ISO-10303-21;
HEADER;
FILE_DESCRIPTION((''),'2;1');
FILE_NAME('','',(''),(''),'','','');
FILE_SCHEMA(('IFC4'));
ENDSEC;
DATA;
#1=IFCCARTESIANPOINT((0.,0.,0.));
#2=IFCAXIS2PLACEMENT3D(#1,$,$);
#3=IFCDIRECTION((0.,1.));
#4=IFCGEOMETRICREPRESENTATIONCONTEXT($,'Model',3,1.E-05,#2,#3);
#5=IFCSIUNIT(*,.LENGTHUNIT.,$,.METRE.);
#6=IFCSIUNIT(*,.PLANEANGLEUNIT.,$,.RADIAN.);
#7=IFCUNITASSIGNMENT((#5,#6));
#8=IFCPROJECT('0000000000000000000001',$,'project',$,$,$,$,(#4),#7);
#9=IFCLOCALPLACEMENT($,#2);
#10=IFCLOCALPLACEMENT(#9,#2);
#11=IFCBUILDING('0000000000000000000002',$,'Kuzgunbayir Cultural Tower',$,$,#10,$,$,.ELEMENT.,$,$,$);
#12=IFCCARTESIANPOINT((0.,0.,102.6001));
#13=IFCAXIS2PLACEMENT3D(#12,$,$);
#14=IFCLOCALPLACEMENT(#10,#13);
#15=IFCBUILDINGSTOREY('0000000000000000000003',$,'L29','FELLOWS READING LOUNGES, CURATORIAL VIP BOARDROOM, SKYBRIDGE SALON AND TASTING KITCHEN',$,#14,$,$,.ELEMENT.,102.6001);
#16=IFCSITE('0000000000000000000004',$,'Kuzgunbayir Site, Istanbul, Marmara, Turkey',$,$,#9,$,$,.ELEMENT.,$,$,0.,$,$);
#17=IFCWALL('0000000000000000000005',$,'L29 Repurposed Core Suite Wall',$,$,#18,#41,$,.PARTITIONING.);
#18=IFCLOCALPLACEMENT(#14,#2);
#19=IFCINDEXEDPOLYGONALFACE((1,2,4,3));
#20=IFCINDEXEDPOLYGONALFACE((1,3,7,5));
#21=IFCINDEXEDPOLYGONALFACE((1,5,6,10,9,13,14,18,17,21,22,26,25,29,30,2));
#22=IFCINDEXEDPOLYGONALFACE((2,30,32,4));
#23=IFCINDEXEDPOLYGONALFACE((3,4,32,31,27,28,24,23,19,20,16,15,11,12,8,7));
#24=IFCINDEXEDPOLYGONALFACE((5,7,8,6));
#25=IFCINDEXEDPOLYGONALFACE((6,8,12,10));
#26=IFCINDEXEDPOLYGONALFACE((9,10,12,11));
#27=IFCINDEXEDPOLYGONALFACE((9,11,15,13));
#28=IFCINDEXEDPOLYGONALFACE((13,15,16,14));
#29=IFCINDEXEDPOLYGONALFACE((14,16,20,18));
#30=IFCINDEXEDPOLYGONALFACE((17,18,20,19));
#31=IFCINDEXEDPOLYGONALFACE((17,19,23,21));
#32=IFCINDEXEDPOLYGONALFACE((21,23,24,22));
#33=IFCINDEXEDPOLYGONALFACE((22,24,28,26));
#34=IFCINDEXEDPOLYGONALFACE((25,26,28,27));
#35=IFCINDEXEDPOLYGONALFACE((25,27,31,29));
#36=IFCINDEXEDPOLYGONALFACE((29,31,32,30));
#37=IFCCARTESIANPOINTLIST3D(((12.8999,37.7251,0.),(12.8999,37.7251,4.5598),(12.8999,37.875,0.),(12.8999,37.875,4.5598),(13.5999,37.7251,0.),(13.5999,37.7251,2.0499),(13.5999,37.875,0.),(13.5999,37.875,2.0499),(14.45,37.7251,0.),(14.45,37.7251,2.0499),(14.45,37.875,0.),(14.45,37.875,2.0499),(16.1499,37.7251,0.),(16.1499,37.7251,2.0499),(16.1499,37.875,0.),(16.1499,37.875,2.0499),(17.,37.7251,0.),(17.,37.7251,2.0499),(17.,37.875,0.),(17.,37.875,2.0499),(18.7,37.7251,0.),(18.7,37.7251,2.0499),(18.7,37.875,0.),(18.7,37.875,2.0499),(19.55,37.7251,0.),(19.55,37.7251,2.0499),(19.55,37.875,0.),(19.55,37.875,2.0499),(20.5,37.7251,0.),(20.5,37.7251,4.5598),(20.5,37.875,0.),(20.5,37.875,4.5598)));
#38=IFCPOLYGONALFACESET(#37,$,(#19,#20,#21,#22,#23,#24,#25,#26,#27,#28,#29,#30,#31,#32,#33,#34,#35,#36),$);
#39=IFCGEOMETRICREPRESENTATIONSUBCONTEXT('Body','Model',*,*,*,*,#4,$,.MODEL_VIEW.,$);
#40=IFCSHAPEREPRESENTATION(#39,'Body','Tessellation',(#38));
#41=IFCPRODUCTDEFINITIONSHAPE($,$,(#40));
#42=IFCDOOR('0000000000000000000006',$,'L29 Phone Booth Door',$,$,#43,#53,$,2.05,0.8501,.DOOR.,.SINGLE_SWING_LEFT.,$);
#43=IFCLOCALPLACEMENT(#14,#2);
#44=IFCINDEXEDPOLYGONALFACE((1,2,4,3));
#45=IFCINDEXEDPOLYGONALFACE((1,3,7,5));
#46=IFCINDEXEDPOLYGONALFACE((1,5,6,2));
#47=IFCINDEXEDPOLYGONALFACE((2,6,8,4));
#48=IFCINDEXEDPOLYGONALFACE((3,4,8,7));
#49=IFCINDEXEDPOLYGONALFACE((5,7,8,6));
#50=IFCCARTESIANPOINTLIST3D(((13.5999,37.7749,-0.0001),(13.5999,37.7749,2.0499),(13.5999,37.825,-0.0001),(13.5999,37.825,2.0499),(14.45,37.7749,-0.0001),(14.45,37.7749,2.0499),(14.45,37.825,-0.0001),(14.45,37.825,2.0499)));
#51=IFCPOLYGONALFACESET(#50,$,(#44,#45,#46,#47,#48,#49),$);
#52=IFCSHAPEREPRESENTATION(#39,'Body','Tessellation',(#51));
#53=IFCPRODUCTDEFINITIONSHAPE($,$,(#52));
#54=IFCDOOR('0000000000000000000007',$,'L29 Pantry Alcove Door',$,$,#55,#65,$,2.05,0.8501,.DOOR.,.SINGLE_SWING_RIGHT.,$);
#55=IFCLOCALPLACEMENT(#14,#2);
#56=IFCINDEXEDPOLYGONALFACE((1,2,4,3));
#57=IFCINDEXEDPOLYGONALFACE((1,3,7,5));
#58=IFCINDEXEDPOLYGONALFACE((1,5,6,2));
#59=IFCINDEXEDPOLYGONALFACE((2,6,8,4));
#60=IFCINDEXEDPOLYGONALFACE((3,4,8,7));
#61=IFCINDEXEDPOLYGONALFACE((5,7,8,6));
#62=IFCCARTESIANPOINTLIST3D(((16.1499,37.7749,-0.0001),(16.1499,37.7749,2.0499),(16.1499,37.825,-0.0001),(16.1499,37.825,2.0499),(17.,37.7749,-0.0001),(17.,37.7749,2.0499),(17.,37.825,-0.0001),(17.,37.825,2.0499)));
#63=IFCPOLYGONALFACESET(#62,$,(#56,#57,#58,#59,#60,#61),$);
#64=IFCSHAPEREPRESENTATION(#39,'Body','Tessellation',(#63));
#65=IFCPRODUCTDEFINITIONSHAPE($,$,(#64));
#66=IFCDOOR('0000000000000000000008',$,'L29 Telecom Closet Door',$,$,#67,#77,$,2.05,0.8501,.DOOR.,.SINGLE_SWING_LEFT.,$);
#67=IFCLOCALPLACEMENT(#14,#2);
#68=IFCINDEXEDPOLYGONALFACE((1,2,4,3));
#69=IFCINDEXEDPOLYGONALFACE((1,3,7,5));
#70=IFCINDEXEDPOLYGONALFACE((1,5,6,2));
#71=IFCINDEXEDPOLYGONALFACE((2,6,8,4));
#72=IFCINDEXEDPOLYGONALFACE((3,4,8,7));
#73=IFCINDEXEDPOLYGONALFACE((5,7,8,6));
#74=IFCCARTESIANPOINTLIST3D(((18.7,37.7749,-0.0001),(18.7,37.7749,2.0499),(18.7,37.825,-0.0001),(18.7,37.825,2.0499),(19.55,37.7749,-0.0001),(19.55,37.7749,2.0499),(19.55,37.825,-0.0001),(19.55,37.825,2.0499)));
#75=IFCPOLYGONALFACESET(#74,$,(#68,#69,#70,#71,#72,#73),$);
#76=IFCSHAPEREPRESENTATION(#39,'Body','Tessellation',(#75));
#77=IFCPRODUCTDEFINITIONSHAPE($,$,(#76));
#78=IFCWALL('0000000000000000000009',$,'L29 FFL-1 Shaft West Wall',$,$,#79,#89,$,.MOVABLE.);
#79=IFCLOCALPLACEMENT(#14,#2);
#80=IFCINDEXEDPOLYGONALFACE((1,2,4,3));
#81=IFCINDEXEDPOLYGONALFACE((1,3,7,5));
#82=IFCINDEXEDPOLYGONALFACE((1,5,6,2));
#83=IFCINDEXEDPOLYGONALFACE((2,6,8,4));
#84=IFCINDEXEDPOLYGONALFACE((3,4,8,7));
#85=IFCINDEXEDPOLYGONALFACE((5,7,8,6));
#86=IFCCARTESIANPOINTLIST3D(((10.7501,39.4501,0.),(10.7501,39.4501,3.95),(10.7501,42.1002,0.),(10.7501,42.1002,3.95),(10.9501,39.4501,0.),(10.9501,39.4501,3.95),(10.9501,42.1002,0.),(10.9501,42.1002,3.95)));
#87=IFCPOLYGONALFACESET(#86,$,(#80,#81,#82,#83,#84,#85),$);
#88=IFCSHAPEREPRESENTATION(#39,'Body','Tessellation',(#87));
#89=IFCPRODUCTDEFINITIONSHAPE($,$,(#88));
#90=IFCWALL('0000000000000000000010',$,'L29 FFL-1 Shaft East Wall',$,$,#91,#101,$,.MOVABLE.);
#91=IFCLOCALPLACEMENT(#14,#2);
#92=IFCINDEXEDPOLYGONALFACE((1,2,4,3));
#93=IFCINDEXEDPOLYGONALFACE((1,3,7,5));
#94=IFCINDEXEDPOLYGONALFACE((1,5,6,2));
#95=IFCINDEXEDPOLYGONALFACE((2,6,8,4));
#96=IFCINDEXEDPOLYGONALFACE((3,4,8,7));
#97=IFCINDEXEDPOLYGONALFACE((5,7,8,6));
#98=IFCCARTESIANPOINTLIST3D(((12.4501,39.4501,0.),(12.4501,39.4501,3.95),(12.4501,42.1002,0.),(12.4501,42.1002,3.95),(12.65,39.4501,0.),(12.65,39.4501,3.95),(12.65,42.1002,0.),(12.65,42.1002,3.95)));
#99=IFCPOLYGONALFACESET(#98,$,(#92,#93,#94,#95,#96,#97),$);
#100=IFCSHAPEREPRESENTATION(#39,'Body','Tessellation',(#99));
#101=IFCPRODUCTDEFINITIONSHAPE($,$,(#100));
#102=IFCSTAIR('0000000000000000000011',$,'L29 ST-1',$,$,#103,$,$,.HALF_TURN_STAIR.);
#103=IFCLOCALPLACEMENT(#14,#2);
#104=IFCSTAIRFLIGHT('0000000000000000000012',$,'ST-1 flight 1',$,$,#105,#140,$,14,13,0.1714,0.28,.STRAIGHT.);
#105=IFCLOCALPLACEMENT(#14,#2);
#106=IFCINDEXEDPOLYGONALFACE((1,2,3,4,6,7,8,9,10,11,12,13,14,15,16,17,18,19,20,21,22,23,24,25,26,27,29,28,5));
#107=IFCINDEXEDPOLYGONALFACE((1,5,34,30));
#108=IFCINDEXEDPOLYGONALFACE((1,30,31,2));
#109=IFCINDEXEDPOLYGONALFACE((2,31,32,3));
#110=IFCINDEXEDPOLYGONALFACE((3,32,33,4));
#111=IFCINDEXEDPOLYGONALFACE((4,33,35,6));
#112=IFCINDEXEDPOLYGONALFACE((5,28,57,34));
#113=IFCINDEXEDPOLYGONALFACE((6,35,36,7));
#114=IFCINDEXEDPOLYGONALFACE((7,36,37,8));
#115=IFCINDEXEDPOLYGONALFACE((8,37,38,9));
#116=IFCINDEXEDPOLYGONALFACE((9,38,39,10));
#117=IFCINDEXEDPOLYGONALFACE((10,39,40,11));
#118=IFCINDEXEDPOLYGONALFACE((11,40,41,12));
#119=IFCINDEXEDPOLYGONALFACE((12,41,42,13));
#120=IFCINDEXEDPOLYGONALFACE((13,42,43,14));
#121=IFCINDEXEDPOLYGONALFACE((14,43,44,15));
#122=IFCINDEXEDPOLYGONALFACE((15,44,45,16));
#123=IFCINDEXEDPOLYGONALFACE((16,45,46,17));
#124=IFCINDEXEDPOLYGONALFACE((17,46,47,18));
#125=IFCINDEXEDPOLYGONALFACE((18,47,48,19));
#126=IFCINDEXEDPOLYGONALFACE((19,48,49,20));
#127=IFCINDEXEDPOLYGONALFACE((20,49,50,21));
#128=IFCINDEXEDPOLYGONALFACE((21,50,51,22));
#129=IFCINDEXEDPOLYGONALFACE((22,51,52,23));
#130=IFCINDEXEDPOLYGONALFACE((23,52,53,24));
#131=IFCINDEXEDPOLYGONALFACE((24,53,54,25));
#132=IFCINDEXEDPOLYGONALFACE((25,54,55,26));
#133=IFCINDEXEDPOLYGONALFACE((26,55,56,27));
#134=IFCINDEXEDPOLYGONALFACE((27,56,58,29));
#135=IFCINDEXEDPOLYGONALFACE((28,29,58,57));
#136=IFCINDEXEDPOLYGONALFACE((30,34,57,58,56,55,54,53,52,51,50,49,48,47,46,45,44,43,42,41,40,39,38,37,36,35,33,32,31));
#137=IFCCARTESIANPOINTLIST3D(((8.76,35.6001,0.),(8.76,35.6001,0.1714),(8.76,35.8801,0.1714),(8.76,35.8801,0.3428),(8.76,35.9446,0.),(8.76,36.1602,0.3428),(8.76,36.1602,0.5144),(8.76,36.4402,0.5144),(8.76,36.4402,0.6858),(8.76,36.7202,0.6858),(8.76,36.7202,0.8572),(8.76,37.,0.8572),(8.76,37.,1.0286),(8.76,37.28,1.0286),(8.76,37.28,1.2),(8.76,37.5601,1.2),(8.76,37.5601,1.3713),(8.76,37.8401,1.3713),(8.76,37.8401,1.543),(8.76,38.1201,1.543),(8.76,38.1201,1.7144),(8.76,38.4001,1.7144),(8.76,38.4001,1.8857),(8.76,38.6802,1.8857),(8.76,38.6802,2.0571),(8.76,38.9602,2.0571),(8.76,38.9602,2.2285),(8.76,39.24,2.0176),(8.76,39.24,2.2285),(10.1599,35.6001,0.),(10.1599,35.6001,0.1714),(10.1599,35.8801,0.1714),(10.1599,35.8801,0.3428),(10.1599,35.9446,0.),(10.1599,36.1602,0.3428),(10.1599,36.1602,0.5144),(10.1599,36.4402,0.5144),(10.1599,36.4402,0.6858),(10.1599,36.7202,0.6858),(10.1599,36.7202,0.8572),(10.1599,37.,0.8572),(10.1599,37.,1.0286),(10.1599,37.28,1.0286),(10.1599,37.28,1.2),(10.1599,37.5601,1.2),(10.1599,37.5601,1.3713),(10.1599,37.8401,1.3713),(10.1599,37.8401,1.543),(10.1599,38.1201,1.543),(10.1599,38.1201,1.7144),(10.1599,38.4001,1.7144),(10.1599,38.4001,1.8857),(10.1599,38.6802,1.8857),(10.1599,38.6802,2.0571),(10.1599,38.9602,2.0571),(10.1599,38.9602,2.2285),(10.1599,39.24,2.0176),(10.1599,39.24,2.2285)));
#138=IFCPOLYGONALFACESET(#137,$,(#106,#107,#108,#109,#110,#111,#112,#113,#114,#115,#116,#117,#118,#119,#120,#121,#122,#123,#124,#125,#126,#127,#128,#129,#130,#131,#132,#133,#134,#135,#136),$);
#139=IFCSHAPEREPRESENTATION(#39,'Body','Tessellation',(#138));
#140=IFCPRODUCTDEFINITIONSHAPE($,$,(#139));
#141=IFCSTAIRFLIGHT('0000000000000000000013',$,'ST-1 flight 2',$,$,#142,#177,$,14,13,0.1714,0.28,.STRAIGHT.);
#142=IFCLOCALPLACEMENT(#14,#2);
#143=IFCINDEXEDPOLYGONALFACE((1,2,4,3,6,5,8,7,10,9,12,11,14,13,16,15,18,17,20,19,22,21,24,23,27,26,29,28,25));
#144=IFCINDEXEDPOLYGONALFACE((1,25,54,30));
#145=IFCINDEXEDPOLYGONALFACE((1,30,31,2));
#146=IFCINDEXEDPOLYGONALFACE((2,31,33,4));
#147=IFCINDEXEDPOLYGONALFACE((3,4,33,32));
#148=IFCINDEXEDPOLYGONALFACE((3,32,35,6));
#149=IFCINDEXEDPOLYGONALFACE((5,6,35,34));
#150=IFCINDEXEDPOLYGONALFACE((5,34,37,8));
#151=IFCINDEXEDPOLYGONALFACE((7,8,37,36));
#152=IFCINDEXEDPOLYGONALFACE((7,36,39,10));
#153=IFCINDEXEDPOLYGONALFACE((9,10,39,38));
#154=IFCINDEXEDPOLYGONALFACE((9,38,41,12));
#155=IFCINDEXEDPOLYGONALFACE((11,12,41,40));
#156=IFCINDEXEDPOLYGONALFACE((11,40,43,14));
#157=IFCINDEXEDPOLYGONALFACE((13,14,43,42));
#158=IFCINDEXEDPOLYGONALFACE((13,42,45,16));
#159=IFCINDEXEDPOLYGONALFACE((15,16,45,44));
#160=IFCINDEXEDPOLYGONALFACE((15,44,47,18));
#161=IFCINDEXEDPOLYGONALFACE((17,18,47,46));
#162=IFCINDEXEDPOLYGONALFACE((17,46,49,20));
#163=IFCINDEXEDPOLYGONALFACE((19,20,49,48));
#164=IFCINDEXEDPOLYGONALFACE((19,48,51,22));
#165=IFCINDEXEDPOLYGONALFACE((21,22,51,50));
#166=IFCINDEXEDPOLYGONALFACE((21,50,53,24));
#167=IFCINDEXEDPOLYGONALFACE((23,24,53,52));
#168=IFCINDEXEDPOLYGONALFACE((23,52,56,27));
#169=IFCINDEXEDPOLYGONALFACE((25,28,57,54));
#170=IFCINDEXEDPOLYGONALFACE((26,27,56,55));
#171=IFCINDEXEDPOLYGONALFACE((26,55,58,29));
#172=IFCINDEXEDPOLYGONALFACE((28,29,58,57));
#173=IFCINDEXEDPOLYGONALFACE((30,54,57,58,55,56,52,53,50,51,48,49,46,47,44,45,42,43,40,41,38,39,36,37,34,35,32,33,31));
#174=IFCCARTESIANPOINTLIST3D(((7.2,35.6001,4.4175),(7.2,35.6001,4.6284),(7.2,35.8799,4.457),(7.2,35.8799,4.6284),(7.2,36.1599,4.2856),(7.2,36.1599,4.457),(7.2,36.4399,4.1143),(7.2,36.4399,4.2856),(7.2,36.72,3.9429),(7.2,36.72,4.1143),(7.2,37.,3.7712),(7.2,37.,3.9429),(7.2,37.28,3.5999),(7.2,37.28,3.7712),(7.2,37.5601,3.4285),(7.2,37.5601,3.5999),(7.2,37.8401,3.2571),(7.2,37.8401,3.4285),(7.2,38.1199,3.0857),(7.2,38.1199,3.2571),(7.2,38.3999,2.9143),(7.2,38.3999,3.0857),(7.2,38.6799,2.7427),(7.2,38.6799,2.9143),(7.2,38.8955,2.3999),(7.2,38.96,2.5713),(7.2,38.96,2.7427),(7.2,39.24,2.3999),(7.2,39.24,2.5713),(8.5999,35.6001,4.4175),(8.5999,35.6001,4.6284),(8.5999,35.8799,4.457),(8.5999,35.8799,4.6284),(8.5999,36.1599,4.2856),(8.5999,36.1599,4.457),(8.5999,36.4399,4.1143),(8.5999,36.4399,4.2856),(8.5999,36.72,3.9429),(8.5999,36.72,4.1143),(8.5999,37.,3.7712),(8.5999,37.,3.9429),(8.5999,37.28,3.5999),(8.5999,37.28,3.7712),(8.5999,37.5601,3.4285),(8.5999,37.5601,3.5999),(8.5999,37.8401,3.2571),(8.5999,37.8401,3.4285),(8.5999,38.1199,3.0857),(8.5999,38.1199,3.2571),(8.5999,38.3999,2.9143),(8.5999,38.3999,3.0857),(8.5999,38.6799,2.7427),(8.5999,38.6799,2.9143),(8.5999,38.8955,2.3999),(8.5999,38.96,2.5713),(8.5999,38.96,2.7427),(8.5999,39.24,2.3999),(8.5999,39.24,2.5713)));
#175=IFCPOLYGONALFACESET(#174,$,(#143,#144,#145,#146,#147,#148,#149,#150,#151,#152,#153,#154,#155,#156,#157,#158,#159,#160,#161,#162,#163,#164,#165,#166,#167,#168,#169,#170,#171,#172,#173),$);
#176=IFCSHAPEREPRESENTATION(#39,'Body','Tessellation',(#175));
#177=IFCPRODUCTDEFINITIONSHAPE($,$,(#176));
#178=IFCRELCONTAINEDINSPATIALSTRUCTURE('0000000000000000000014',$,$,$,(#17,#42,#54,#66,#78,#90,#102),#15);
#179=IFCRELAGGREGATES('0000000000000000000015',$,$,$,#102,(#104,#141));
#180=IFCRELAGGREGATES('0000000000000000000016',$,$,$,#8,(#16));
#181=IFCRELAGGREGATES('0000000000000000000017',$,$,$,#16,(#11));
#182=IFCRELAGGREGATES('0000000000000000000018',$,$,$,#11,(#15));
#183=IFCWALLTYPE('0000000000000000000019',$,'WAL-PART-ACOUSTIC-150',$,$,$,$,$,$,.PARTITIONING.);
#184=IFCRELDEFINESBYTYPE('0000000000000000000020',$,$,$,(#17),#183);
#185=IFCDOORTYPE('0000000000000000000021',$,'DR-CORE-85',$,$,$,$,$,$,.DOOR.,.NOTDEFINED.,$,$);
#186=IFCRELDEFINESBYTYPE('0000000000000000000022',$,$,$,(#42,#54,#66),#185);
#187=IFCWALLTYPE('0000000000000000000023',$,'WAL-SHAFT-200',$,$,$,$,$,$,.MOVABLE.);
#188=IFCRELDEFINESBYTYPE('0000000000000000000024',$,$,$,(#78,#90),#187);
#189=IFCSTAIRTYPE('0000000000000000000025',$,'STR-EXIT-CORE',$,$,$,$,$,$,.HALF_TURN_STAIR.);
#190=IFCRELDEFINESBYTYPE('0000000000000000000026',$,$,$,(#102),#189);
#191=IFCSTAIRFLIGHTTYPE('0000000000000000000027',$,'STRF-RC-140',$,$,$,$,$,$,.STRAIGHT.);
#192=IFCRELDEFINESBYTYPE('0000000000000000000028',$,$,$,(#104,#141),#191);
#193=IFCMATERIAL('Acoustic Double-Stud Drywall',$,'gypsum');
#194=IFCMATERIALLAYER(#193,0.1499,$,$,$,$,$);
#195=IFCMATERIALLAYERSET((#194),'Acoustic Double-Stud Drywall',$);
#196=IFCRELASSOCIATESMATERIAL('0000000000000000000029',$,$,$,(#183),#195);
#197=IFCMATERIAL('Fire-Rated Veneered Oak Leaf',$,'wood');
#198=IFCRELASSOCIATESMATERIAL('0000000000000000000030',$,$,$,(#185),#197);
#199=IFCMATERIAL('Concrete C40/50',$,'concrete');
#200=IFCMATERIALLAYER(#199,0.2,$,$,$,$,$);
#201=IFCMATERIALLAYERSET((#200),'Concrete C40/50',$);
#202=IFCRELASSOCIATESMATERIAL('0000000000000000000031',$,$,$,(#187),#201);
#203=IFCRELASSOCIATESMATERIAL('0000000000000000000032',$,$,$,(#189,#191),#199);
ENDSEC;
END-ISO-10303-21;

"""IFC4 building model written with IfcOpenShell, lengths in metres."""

from ifc_helpers import new_model, si_unit, direction, frame, frame_2d, origin, place, context, subcontext, project, spatial, polyline, rectangle, outline, extrude, material, layer, layer_set, type_object, element, fill, aggregate, save


model = new_model("IFC4")

# Units and contexts
model_context = context("Model", 3, precision=1e-05, world=origin(), true_north=direction((0.0, 1.0)))
body_context = subcontext(model_context, "Body", "Model", "MODEL_VIEW")
ifc_project = project(units=[si_unit("LENGTHUNIT", "METRE"), si_unit("PLANEANGLEUNIT", "RADIAN")], contexts=[model_context])

# Site, building, storey
site_placement = place(None, origin())
site = spatial("IfcSite", under=ifc_project, at=site_placement, Name="Kuzgunbayir Site, Istanbul, Marmara, Turkey", CompositionType="ELEMENT", RefElevation=0.0)
building_placement = place(site_placement, origin())
building = spatial("IfcBuilding", under=site, at=building_placement, Name="Kuzgunbayir Cultural Tower", CompositionType="ELEMENT")
storey_placement = place(building_placement, frame((0.0, 0.0, 102.6001)))
storey = spatial("IfcBuildingStorey", under=building, at=storey_placement, Name="L29", Description="FELLOWS READING LOUNGES, CURATORIAL VIP BOARDROOM, SKYBRIDGE SALON AND TASTING KITCHEN", CompositionType="ELEMENT", Elevation=102.6001)

# Wall, openings, doors
ifc_material_1 = material(Name="Acoustic Double-Stud Drywall", Category="gypsum")
ifc_layer_1 = layer(ifc_material_1, 0.1499)
ifc_layer_set_1 = layer_set([ifc_layer_1], Name="Acoustic Double-Stud Drywall")
wall_type_1 = type_object("IfcWallType", Name="WAL-PART-ACOUSTIC-150", PredefinedType="PARTITIONING", material=ifc_layer_set_1)
wall_1_placement = place(storey_placement, frame((12.8999, 37.8, 0.0), z_axis=(0.0, 0.0, 1.0), x_axis=(1.0, 0.0, 0.0)))
wall_1 = element("IfcWall", 1, at=wall_1_placement, inside=storey, type_object=wall_type_1, Name="L29 Repurposed Core Suite Wall", PredefinedType="PARTITIONING", context=body_context, shape_type="SweptSolid", body=[
    extrude(rectangle(XDim=7.6001, YDim=0.1499, at=frame_2d((3.8, 0.0))), origin(), (0.0, 0.0, 1.0), 4.5598),
])
opening_1_placement = place(wall_1_placement, frame((0.7, 0.0, 0.0)))
opening_1 = element("IfcOpeningElement", 2, at=opening_1_placement, cuts=wall_1, PredefinedType="OPENING", context=body_context, shape_type="SweptSolid", body=[
    extrude(rectangle(XDim=0.8501, YDim=2.05, at=frame_2d((0.425, 1.0249))), frame((0.0, 0.085, 0.0), z_axis=(0.0, -1.0, 0.0), x_axis=(1.0, 0.0, 0.0)), (0.0, 0.0, 1.0), 0.1699),
])
opening_2_placement = place(wall_1_placement, frame((3.25, 0.0, 0.0)))
opening_2 = element("IfcOpeningElement", 3, at=opening_2_placement, cuts=wall_1, PredefinedType="OPENING", context=body_context, shape_type="SweptSolid", body=[
    extrude(rectangle(XDim=0.8501, YDim=2.05, at=frame_2d((0.425, 1.0249))), frame((0.0, 0.085, 0.0), z_axis=(0.0, -1.0, 0.0), x_axis=(1.0, 0.0, 0.0)), (0.0, 0.0, 1.0), 0.1699),
])
opening_3_placement = place(wall_1_placement, frame((5.8, 0.0, 0.0)))
opening_3 = element("IfcOpeningElement", 4, at=opening_3_placement, cuts=wall_1, PredefinedType="OPENING", context=body_context, shape_type="SweptSolid", body=[
    extrude(rectangle(XDim=0.8501, YDim=2.05, at=frame_2d((0.425, 1.0249))), frame((0.0, 0.085, 0.0), z_axis=(0.0, -1.0, 0.0), x_axis=(1.0, 0.0, 0.0)), (0.0, 0.0, 1.0), 0.1699),
])
ifc_material_2 = material(Name="Fire-Rated Veneered Oak Leaf", Category="wood")
door_type_1 = type_object("IfcDoorType", Name="DR-CORE-85", OperationType="NOTDEFINED", PredefinedType="DOOR", material=ifc_material_2)
door_1_placement = place(opening_1_placement, origin())
door_1 = element("IfcDoor", 5, at=door_1_placement, inside=storey, type_object=door_type_1, Name="L29 Phone Booth Door", OperationType="SINGLE_SWING_LEFT", OverallHeight=2.05, OverallWidth=0.8501, PredefinedType="DOOR", context=body_context, shape_type="SweptSolid", body=[
    extrude(rectangle(XDim=0.8501, YDim=2.05, at=frame_2d((0.425, 1.0249))), frame((0.0, 0.0249, 0.0), z_axis=(0.0, -1.0, 0.0), x_axis=(1.0, 0.0, 0.0)), (0.0, 0.0, 1.0), 0.05),
])
fill(opening_1, door_1)
door_2_placement = place(opening_2_placement, origin())
door_2 = element("IfcDoor", 6, at=door_2_placement, inside=storey, type_object=door_type_1, Name="L29 Pantry Alcove Door", OperationType="SINGLE_SWING_RIGHT", OverallHeight=2.05, OverallWidth=0.8501, PredefinedType="DOOR", context=body_context, shape_type="SweptSolid", body=[
    extrude(rectangle(XDim=0.8501, YDim=2.05, at=frame_2d((0.425, 1.0249))), frame((0.0, 0.0249, 0.0), z_axis=(0.0, -1.0, 0.0), x_axis=(1.0, 0.0, 0.0)), (0.0, 0.0, 1.0), 0.05),
])
fill(opening_2, door_2)
door_3_placement = place(opening_3_placement, origin())
door_3 = element("IfcDoor", 7, at=door_3_placement, inside=storey, type_object=door_type_1, Name="L29 Telecom Closet Door", OperationType="SINGLE_SWING_LEFT", OverallHeight=2.05, OverallWidth=0.8501, PredefinedType="DOOR", context=body_context, shape_type="SweptSolid", body=[
    extrude(rectangle(XDim=0.8501, YDim=2.05, at=frame_2d((0.425, 1.0249))), frame((0.0, 0.0249, 0.0), z_axis=(0.0, -1.0, 0.0), x_axis=(1.0, 0.0, 0.0)), (0.0, 0.0, 1.0), 0.05),
])
fill(opening_3, door_3)

# Shared definitions
ifc_material_3 = material(Name="Concrete C40/50", Category="concrete")
ifc_layer_2 = layer(ifc_material_3, 0.2)
ifc_layer_set_2 = layer_set([ifc_layer_2], Name="Concrete C40/50")
wall_type_2 = type_object("IfcWallType", Name="WAL-SHAFT-200", PredefinedType="MOVABLE", material=ifc_layer_set_2)

# Walls
for number, where, z_axis, x_axis, name in (
    (8, (10.8501, 39.45, 0.0), (0.0, 0.0, 1.0), (0.0, 1.0, 0.0), "L29 FFL-1 Shaft West Wall"),
    (9, (12.55, 39.45, 0.0), (0.0, 0.0, 1.0), (0.0, 1.0, 0.0), "L29 FFL-1 Shaft East Wall"),
):
    element("IfcWall", number, at=place(storey_placement, frame(where, z_axis=z_axis, x_axis=x_axis)), inside=storey, type_object=wall_type_2, Name=name, PredefinedType="MOVABLE", context=body_context, shape_type="SweptSolid", body=[
        extrude(rectangle(XDim=2.6501, YDim=0.2, at=frame_2d((1.3252, 0.0))), origin(), (0.0, 0.0, 1.0), 3.95),
    ])

# Stair, stair flights
stair_type = type_object("IfcStairType", Name="STR-EXIT-CORE", PredefinedType="HALF_TURN_STAIR", material=ifc_material_3)
stair_placement = place(storey_placement, origin())
stair = element("IfcStair", 10, at=stair_placement, inside=storey, type_object=stair_type, Name="L29 ST-1", PredefinedType="HALF_TURN_STAIR")
stair_flight_type = type_object("IfcStairFlightType", Name="STRF-RC-140", PredefinedType="STRAIGHT", material=ifc_material_3)
stair_flight_1_placement = place(storey_placement, frame((9.46, 35.6001, 0.0), z_axis=(0.0, 0.0, 1.0), x_axis=(0.0, 1.0, 0.0)))
stair_flight_1 = element("IfcStairFlight", 11, at=stair_flight_1_placement, type_object=stair_flight_type, Name="ST-1 flight 1", NumberOfRisers=14, NumberOfTreads=13, PredefinedType="STRAIGHT", RiserHeight=0.1714, TreadLength=0.28, context=body_context, shape_type="SweptSolid", body=[
    extrude(outline(polyline([(0.0, 0.0), (0.0, 0.1714), (0.28, 0.1714), (0.28, 0.3428), (0.5601, 0.3428), (0.5601, 0.5144), (0.8401, 0.5144), (0.8401, 0.6858), (1.1201, 0.6858), (1.1201, 0.8572), (1.3999, 0.8572), (1.3999, 1.0286), (1.6799, 1.0286), (1.6799, 1.2), (1.96, 1.2), (1.96, 1.3713), (2.24, 1.3713), (2.24, 1.543), (2.52, 1.543), (2.52, 1.7144), (2.8, 1.7144), (2.8, 1.8857), (3.0801, 1.8857), (3.0801, 2.0571), (3.3601, 2.0571), (3.3601, 2.2285), (3.6399, 2.2285), (3.6399, 2.3999), (3.6399, 2.0176), (0.3445, 0.0), (0.0, 0.0)])), frame((0.0, 0.7, 0.0), z_axis=(0.0, -1.0, 0.0), x_axis=(1.0, 0.0, 0.0)), (0.0, 0.0, 1.0), 1.3999),
])
stair_flight_2_placement = place(storey_placement, frame((7.8999, 39.24, 2.3999), z_axis=(0.0, 0.0, 1.0), x_axis=(0.0, -1.0, 0.0)))
stair_flight_2 = element("IfcStairFlight", 12, at=stair_flight_2_placement, type_object=stair_flight_type, Name="ST-1 flight 2", NumberOfRisers=14, NumberOfTreads=13, PredefinedType="STRAIGHT", RiserHeight=0.1714, TreadLength=0.28, context=body_context, shape_type="SweptSolid", body=[
    extrude(outline(polyline([(0.0, 0.0), (0.0, 0.1714), (0.28, 0.1714), (0.28, 0.3428), (0.5601, 0.3428), (0.5601, 0.5144), (0.8401, 0.5144), (0.8401, 0.6858), (1.1201, 0.6858), (1.1201, 0.8572), (1.3999, 0.8572), (1.3999, 1.0286), (1.6799, 1.0286), (1.6799, 1.2), (1.96, 1.2), (1.96, 1.3713), (2.24, 1.3713), (2.24, 1.543), (2.52, 1.543), (2.52, 1.7144), (2.8, 1.7144), (2.8, 1.8857), (3.0801, 1.8857), (3.0801, 2.0571), (3.3601, 2.0571), (3.3601, 2.2285), (3.6399, 2.2285), (3.6399, 2.3999), (3.6399, 2.0176), (0.3445, 0.0), (0.0, 0.0)])), frame((0.0, 0.7, 0.0), z_axis=(0.0, -1.0, 0.0), x_axis=(1.0, 0.0, 0.0)), (0.0, 0.0, 1.0), 1.3999),
])
aggregate(stair, [stair_flight_1, stair_flight_2])

save(model, "model.ifc")
